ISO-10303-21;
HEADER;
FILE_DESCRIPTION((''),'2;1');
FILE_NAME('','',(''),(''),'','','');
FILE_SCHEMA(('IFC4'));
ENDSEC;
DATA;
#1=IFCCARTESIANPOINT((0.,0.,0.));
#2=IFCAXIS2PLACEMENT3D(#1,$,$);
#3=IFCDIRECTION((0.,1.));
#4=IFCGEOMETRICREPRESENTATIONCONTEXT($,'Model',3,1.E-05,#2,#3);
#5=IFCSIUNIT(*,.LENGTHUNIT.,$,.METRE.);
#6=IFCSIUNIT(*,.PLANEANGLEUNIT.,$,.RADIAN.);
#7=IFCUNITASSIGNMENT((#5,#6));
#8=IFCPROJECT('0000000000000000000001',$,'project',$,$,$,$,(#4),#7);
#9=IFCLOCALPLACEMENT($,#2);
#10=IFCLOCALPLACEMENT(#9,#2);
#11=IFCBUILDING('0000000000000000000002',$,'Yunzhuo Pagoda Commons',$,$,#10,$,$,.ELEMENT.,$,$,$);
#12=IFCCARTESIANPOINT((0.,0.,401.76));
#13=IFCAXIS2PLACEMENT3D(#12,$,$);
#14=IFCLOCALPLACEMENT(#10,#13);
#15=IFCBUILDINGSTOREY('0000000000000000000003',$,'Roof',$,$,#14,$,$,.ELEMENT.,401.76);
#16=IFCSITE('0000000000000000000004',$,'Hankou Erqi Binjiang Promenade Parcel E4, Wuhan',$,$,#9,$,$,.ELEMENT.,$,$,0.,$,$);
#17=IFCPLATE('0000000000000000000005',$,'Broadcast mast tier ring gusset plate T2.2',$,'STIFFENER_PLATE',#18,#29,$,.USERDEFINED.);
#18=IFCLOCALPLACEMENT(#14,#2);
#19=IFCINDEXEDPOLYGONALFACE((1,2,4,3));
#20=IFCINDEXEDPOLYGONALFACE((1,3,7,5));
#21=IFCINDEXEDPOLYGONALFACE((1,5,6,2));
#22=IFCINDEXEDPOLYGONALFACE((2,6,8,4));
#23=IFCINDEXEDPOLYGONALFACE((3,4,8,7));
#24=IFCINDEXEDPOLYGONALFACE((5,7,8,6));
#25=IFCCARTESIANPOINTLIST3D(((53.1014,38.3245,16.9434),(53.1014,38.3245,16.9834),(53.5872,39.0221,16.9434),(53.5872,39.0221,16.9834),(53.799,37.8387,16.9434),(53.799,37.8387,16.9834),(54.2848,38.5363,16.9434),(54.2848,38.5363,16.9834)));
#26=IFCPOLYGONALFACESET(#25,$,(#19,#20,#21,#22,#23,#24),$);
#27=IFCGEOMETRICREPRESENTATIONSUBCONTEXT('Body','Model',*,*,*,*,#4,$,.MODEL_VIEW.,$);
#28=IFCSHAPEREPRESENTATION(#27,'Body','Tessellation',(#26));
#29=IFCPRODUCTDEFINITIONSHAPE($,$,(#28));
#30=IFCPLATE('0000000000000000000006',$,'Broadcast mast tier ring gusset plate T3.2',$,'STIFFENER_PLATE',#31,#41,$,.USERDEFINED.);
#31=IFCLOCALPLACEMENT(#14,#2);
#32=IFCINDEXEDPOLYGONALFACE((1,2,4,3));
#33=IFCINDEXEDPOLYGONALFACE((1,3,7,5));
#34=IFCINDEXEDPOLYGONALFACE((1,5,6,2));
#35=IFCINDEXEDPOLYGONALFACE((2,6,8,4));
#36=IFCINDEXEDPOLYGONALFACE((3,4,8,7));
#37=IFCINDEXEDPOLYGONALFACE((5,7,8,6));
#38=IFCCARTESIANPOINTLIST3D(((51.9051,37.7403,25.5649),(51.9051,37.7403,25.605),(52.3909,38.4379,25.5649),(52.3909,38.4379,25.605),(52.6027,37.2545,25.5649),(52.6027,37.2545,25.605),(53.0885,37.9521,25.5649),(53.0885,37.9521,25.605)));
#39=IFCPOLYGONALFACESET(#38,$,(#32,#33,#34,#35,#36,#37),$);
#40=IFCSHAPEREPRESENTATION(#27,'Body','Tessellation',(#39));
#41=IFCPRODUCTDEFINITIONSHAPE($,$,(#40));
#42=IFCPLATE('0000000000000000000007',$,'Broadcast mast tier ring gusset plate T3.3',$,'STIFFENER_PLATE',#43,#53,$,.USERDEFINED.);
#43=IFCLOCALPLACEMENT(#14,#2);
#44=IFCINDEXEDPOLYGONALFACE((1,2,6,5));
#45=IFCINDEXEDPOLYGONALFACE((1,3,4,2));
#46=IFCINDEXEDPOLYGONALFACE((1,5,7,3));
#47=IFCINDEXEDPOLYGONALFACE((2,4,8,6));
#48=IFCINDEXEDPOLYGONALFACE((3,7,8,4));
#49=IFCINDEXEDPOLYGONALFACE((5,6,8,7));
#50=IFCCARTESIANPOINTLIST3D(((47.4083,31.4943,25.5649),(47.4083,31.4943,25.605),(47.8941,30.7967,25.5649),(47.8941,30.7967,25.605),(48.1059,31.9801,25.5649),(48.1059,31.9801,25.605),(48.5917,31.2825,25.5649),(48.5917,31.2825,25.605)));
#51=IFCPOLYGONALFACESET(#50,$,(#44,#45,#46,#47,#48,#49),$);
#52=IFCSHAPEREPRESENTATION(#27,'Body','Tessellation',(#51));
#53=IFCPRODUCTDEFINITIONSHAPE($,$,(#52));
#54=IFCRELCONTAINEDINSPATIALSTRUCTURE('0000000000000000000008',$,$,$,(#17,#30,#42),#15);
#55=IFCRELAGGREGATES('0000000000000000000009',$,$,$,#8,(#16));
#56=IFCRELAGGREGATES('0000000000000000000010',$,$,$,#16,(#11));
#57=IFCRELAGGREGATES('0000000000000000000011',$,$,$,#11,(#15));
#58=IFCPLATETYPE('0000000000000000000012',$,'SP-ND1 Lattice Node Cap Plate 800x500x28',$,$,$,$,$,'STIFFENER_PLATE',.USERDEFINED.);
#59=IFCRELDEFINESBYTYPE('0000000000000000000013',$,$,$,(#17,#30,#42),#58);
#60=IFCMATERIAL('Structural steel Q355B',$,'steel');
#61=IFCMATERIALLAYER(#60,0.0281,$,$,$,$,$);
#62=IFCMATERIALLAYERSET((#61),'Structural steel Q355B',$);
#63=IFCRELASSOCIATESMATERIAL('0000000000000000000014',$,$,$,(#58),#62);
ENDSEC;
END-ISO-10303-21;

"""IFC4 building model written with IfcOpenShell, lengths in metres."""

from ifc_helpers import new_model, si_unit, direction, frame, origin, origin_2d, place, context, subcontext, project, spatial, rectangle, extrude, source, transform, mapped, material, layer, layer_set, type_object, element, save


model = new_model("IFC4")

# Units and contexts
model_context = context("Model", 3, precision=1e-05, world=origin(), true_north=direction((0.0, 1.0)))
body_context = subcontext(model_context, "Body", "Model", "MODEL_VIEW")
ifc_project = project(units=[si_unit("LENGTHUNIT", "METRE"), si_unit("PLANEANGLEUNIT", "RADIAN")], contexts=[model_context])

# Site, building, storey
site_placement = place(None, origin())
site = spatial("IfcSite", under=ifc_project, at=site_placement, Name="Hankou Erqi Binjiang Promenade Parcel E4, Wuhan", CompositionType="ELEMENT", RefElevation=0.0)
building_placement = place(site_placement, origin())
building = spatial("IfcBuilding", under=site, at=building_placement, Name="Yunzhuo Pagoda Commons", CompositionType="ELEMENT")
storey_placement = place(building_placement, frame((0.0, 0.0, 401.76)))
storey = spatial("IfcBuildingStorey", under=building, at=storey_placement, Name="Roof", CompositionType="ELEMENT", Elevation=401.76)

# Plates
ifc_material_1 = material(Name="Structural steel Q355B", Category="steel")
ifc_layer = layer(ifc_material_1, 0.0281)
ifc_layer_set = layer_set([ifc_layer], Name="Structural steel Q355B")
plate_type = type_object("IfcPlateType", Name="SP-ND1 Lattice Node Cap Plate 800x500x28", ElementType="STIFFENER_PLATE", PredefinedType="USERDEFINED", material=ifc_layer_set)
shared_shape_1 = source(origin(), body_context, "Body", "SweptSolid", [
    extrude(rectangle(XDim=0.8501, YDim=0.8501, at=origin_2d()), origin(), (0.0, 0.0, 1.0), 0.04),
])
for number, where, z_axis, x_axis, name in (
    (1, (53.6931, 38.4304, 16.9434), (0.0, 0.0, 1.0), (-0.571459, -0.820631, 0.0), "Broadcast mast tier ring gusset plate T2.2"),
    (2, (52.4968, 37.8462, 25.5649), (0.0, 0.0, 1.0), (-0.571459, -0.820631, 0.0), "Broadcast mast tier ring gusset plate T3.2"),
    (3, (48.0, 31.3884, 25.5649), (0.0, 0.0, 1.0), (-0.571459, 0.820631, 0.0), "Broadcast mast tier ring gusset plate T3.3"),
):
    element("IfcPlate", number, at=place(storey_placement, frame(where, z_axis=z_axis, x_axis=x_axis)), inside=storey, type_object=plate_type, Name=name, ObjectType="STIFFENER_PLATE", PredefinedType="USERDEFINED", context=body_context, shape_type="MappedRepresentation", body=[
        mapped(shared_shape_1, transform((0.0, 0.0, 0.0), scale=1.0)),
    ])

save(model, "model.ifc")
